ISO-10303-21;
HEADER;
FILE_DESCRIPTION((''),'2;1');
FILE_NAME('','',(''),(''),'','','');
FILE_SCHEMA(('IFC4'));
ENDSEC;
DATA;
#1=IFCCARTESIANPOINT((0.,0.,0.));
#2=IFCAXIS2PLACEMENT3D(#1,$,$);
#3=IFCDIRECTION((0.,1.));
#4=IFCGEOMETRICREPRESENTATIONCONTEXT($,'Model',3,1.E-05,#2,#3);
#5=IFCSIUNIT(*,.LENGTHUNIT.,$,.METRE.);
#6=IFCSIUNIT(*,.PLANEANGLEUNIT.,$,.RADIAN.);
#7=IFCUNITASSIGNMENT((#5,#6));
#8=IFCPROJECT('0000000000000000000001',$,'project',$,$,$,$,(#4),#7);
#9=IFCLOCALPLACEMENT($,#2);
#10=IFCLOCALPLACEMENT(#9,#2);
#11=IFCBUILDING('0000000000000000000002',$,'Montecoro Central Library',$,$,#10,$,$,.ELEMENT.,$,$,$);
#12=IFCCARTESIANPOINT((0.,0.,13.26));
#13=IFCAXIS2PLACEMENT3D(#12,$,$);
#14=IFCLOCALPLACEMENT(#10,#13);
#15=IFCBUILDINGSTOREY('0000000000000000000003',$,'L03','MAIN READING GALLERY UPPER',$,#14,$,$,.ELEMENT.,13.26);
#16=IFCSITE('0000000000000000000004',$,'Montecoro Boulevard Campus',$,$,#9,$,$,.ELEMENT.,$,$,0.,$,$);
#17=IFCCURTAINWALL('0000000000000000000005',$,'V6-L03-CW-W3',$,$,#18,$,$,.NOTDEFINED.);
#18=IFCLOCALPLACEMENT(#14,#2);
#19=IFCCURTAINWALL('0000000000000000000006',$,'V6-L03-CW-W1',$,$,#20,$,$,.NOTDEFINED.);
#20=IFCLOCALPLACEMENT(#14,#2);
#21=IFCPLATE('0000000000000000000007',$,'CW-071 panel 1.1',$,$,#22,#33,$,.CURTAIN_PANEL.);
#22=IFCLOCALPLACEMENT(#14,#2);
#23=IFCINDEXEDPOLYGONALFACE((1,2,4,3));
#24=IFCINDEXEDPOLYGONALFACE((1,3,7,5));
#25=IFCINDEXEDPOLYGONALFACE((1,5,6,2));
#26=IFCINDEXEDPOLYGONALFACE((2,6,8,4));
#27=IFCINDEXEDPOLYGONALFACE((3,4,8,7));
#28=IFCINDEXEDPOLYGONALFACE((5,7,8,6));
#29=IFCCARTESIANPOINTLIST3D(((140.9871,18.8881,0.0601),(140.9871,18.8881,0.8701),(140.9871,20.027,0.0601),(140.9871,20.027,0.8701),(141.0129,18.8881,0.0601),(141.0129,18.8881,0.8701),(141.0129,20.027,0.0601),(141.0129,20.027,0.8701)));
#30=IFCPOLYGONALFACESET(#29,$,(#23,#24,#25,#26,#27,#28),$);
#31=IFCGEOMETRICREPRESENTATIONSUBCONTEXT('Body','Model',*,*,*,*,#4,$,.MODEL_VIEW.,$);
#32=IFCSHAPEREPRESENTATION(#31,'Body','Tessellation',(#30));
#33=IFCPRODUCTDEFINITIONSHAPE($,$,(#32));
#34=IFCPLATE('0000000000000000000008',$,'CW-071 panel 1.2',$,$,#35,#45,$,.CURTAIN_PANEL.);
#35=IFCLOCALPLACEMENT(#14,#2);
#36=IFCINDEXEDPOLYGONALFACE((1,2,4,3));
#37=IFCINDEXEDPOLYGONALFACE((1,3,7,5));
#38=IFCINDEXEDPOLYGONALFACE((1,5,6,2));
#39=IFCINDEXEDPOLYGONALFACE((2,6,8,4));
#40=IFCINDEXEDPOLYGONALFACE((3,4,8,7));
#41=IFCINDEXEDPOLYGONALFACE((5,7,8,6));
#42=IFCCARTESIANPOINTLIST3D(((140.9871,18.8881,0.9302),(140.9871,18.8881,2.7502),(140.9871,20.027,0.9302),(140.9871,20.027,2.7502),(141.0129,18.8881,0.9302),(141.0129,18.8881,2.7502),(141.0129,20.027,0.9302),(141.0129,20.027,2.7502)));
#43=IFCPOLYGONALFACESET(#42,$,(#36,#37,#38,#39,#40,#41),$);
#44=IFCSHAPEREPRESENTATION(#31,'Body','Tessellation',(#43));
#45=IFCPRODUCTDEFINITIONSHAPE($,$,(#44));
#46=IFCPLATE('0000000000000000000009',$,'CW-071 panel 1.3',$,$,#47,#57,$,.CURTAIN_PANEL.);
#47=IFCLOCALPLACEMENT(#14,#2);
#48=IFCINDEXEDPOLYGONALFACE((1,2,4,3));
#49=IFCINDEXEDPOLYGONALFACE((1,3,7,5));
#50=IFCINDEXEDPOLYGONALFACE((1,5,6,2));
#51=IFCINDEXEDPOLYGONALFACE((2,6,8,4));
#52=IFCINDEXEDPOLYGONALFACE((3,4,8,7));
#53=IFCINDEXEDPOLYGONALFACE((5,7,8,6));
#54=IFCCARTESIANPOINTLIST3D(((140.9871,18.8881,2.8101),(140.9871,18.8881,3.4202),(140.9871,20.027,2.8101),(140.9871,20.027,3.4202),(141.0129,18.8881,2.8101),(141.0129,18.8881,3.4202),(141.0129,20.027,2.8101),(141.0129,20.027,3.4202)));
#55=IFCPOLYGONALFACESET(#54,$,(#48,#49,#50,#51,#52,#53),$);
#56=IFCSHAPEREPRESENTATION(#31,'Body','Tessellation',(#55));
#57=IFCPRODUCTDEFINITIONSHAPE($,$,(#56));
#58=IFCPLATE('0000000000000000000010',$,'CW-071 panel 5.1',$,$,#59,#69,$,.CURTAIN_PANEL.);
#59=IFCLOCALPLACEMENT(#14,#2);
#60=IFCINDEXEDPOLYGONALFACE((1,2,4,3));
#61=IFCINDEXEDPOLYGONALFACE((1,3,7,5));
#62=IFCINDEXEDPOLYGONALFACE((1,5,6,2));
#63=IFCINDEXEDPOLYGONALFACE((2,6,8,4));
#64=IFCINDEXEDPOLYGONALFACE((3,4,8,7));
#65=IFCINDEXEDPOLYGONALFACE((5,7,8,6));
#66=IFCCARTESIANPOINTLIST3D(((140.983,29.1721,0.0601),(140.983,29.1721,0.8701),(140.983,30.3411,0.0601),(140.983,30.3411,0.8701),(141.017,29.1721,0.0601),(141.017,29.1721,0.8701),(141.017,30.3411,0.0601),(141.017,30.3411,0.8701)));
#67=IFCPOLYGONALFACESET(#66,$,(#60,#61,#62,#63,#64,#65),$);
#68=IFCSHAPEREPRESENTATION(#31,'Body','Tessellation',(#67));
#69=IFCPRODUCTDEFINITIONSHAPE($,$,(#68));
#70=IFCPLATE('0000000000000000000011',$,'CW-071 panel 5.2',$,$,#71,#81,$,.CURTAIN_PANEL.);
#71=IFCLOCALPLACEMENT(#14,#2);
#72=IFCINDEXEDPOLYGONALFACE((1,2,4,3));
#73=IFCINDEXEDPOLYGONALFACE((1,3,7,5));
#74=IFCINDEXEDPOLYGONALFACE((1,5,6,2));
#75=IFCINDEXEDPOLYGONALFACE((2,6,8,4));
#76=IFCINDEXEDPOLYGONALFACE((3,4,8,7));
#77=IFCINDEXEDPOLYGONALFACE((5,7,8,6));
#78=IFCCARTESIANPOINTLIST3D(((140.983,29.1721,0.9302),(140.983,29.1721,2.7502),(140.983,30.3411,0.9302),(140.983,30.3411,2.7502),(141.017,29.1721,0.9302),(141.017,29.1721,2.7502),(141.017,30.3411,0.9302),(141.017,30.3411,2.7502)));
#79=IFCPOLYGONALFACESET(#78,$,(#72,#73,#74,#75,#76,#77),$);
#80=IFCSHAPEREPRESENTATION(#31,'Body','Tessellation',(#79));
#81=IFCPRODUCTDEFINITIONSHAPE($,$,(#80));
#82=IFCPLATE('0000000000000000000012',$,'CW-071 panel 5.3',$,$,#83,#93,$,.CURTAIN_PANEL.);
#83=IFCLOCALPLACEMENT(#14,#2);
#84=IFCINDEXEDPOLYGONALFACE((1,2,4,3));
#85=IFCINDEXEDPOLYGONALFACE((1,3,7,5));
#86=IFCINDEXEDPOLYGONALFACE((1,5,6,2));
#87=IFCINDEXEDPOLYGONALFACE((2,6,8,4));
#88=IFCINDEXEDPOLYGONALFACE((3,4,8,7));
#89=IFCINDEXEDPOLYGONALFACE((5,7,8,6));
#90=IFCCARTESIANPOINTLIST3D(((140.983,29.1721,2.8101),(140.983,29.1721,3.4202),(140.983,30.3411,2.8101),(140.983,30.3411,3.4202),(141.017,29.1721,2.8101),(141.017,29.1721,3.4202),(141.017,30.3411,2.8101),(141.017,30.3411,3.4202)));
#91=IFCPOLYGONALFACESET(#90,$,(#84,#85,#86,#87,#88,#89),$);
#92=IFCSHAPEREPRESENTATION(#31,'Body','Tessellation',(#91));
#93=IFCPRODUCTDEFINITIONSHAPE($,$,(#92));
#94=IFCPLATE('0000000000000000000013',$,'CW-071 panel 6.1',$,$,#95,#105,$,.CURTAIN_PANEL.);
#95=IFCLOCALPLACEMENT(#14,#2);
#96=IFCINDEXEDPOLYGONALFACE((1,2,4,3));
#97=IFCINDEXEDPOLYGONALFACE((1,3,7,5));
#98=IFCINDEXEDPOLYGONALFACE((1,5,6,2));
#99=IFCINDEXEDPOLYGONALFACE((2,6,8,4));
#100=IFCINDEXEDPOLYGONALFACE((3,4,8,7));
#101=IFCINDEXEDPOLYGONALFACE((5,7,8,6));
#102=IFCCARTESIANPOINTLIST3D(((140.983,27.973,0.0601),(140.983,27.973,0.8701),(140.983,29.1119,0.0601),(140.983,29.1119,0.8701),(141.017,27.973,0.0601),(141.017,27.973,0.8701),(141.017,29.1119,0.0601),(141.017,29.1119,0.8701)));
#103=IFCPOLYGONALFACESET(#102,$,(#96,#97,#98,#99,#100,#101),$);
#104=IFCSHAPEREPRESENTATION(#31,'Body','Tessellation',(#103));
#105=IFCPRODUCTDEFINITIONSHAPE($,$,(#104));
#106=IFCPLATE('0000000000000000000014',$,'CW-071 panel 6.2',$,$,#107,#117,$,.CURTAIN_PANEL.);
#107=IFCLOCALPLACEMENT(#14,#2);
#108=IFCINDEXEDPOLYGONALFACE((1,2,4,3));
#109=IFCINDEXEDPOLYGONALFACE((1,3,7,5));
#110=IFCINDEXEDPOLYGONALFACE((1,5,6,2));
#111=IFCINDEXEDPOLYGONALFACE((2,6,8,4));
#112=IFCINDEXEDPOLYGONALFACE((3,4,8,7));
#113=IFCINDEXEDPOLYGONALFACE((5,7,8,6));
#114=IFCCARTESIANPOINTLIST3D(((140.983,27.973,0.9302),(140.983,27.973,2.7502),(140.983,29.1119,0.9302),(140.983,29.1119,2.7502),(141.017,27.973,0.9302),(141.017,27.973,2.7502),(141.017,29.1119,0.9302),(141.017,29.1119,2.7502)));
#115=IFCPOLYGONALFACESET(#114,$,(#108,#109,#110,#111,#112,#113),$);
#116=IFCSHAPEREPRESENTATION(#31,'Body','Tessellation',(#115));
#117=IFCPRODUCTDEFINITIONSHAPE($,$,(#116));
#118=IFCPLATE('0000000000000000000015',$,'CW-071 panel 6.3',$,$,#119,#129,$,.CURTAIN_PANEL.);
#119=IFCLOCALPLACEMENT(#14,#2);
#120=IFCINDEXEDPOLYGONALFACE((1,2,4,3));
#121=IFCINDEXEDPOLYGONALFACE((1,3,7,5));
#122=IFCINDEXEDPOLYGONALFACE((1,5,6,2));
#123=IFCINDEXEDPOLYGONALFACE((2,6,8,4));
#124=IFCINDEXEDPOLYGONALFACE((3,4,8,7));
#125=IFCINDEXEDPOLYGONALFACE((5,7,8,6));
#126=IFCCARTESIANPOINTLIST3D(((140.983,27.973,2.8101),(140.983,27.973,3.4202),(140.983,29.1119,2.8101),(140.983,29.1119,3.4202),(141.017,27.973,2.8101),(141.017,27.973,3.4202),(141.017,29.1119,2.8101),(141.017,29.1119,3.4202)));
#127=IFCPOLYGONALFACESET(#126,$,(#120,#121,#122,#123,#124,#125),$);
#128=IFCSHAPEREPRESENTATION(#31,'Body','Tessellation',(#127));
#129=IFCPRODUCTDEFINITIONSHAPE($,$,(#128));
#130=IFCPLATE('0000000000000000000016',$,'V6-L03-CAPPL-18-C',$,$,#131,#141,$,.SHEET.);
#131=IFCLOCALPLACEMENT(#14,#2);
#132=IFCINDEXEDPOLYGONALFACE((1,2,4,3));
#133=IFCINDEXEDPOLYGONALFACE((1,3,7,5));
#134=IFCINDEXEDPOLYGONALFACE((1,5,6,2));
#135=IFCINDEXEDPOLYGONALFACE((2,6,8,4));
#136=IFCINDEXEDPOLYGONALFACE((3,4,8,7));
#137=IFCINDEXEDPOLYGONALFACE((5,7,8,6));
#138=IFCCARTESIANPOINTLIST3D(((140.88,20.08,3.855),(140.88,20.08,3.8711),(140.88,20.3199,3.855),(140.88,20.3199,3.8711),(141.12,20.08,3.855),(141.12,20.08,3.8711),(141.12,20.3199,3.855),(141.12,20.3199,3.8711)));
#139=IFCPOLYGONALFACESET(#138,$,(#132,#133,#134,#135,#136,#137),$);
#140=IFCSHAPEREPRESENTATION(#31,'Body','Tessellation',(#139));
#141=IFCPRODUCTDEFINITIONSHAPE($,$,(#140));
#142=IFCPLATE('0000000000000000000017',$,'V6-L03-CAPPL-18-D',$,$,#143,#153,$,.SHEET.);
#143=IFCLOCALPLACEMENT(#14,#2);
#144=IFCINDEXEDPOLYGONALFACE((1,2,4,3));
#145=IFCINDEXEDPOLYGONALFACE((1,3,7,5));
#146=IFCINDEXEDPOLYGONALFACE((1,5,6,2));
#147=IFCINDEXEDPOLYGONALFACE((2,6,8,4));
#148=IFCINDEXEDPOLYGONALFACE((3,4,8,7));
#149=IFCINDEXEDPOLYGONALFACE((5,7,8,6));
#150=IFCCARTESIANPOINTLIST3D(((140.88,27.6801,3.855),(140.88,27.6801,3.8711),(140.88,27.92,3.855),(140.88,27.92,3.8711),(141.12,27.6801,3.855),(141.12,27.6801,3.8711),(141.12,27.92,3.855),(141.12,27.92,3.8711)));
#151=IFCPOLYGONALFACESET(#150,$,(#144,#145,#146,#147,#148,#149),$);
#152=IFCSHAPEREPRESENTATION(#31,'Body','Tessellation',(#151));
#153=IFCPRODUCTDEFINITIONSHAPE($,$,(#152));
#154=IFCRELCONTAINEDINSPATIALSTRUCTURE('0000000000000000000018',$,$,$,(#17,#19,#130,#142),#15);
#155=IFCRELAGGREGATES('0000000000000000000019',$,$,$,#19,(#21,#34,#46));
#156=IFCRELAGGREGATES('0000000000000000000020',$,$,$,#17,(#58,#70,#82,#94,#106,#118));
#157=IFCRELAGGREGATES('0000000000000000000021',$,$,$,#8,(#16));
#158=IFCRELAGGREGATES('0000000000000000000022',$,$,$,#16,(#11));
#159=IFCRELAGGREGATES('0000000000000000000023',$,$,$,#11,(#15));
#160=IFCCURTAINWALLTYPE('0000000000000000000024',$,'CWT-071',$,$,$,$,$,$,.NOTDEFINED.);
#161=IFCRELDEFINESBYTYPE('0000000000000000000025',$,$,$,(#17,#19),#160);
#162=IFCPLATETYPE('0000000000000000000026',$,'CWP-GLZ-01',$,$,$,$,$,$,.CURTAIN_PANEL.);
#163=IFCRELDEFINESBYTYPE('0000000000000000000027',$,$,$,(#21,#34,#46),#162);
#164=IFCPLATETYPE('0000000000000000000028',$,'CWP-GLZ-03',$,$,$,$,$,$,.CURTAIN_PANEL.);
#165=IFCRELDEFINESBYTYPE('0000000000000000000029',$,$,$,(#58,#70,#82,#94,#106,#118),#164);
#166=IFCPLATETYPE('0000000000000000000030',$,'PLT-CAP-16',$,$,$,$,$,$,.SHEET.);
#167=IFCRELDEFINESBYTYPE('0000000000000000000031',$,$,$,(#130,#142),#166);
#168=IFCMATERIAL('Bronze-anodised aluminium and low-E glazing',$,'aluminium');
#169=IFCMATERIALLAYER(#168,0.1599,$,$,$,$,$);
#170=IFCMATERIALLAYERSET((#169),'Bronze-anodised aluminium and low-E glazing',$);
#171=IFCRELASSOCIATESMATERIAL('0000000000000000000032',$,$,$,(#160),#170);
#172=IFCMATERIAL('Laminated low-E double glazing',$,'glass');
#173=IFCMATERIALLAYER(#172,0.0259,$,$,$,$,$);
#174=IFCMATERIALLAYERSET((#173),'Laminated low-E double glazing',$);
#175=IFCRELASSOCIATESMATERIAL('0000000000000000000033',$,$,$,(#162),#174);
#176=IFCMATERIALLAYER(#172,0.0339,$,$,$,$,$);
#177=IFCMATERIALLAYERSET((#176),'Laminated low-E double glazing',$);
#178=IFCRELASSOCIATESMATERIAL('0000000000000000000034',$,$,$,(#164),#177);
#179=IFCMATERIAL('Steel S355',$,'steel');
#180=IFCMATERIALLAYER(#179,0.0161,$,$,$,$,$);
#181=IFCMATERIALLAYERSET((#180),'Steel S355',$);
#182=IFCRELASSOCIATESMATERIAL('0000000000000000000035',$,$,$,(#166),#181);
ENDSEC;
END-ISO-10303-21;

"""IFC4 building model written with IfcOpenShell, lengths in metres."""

from ifc_helpers import new_model, si_unit, direction, frame, origin, origin_2d, place, context, subcontext, project, spatial, rectangle, extrude, material, layer, layer_set, type_object, element, aggregate, save


model = new_model("IFC4")

# Units and contexts
model_context = context("Model", 3, precision=1e-05, world=origin(), true_north=direction((0.0, 1.0)))
body_context = subcontext(model_context, "Body", "Model", "MODEL_VIEW")
ifc_project = project(units=[si_unit("LENGTHUNIT", "METRE"), si_unit("PLANEANGLEUNIT", "RADIAN")], contexts=[model_context])

# Site, building, storey
site_placement = place(None, origin())
site = spatial("IfcSite", under=ifc_project, at=site_placement, Name="Montecoro Boulevard Campus", CompositionType="ELEMENT", RefElevation=0.0)
building_placement = place(site_placement, origin())
building = spatial("IfcBuilding", under=site, at=building_placement, Name="Montecoro Central Library", CompositionType="ELEMENT")
storey_placement = place(building_placement, frame((0.0, 0.0, 13.26)))
storey = spatial("IfcBuildingStorey", under=building, at=storey_placement, Name="L03", Description="MAIN READING GALLERY UPPER", CompositionType="ELEMENT", Elevation=13.26)

# Shared definitions
ifc_material_1 = material(Name="Steel S355", Category="steel")

# Curtain walls
ifc_material_2 = material(Name="Bronze-anodised aluminium and low-E glazing", Category="aluminium")
ifc_layer_1 = layer(ifc_material_2, 0.1599)
ifc_layer_set_1 = layer_set([ifc_layer_1], Name="Bronze-anodised aluminium and low-E glazing")
curtain_wall_type = type_object("IfcCurtainWallType", Name="CWT-071", PredefinedType="NOTDEFINED", material=ifc_layer_set_1)
curtain_wall_1_placement = place(storey_placement, origin())
curtain_wall_1 = element("IfcCurtainWall", 1, at=curtain_wall_1_placement, inside=storey, type_object=curtain_wall_type, Name="V6-L03-CW-W3", PredefinedType="NOTDEFINED")
curtain_wall_2_placement = place(storey_placement, origin())
curtain_wall_2 = element("IfcCurtainWall", 2, at=curtain_wall_2_placement, inside=storey, type_object=curtain_wall_type, Name="V6-L03-CW-W1", PredefinedType="NOTDEFINED")

# Plates
ifc_material_3 = material(Name="Laminated low-E double glazing", Category="glass")
ifc_layer_2 = layer(ifc_material_3, 0.0259)
ifc_layer_set_2 = layer_set([ifc_layer_2], Name="Laminated low-E double glazing")
plate_type_1 = type_object("IfcPlateType", Name="CWP-GLZ-01", PredefinedType="CURTAIN_PANEL", material=ifc_layer_set_2)
plate_1_placement = place(storey_placement, frame((141.0, 19.4575, 0.0601), z_axis=(0.0, 0.0, 1.0), x_axis=(0.0, -1.0, 0.0)))
plate_1 = element("IfcPlate", 3, at=plate_1_placement, type_object=plate_type_1, Name="CW-071 panel 1.1", PredefinedType="CURTAIN_PANEL", context=body_context, shape_type="SweptSolid", body=[
    extrude(rectangle(XDim=1.1389, YDim=0.0259, at=origin_2d()), origin(), (0.0, 0.0, 1.0), 0.8101),
])
plate_2_placement = place(storey_placement, frame((141.0, 19.4575, 0.9302), z_axis=(0.0, 0.0, 1.0), x_axis=(0.0, -1.0, 0.0)))
plate_2 = element("IfcPlate", 4, at=plate_2_placement, type_object=plate_type_1, Name="CW-071 panel 1.2", PredefinedType="CURTAIN_PANEL", context=body_context, shape_type="SweptSolid", body=[
    extrude(rectangle(XDim=1.1389, YDim=0.0259, at=origin_2d()), origin(), (0.0, 0.0, 1.0), 1.8201),
])
plate_3_placement = place(storey_placement, frame((141.0, 19.4575, 2.8101), z_axis=(0.0, 0.0, 1.0), x_axis=(0.0, -1.0, 0.0)))
plate_3 = element("IfcPlate", 5, at=plate_3_placement, type_object=plate_type_1, Name="CW-071 panel 1.3", PredefinedType="CURTAIN_PANEL", context=body_context, shape_type="SweptSolid", body=[
    extrude(rectangle(XDim=1.1389, YDim=0.0259, at=origin_2d()), origin(), (0.0, 0.0, 1.0), 0.6101),
])
aggregate(curtain_wall_2, [plate_1, plate_2, plate_3])
ifc_layer_3 = layer(ifc_material_3, 0.0339)
ifc_layer_set_3 = layer_set([ifc_layer_3], Name="Laminated low-E double glazing")
plate_type_2 = type_object("IfcPlateType", Name="CWP-GLZ-03", PredefinedType="CURTAIN_PANEL", material=ifc_layer_set_3)
plate_4_placement = place(storey_placement, frame((141.0, 29.7566, 0.0601), z_axis=(0.0, 0.0, 1.0), x_axis=(0.0, -1.0, 0.0)))
plate_4 = element("IfcPlate", 6, at=plate_4_placement, type_object=plate_type_2, Name="CW-071 panel 5.1", PredefinedType="CURTAIN_PANEL", context=body_context, shape_type="SweptSolid", body=[
    extrude(rectangle(XDim=1.1689, YDim=0.0339, at=origin_2d()), origin(), (0.0, 0.0, 1.0), 0.8101),
])
plate_5_placement = place(storey_placement, frame((141.0, 29.7566, 0.9302), z_axis=(0.0, 0.0, 1.0), x_axis=(0.0, -1.0, 0.0)))
plate_5 = element("IfcPlate", 7, at=plate_5_placement, type_object=plate_type_2, Name="CW-071 panel 5.2", PredefinedType="CURTAIN_PANEL", context=body_context, shape_type="SweptSolid", body=[
    extrude(rectangle(XDim=1.1689, YDim=0.0339, at=origin_2d()), origin(), (0.0, 0.0, 1.0), 1.8201),
])
plate_6_placement = place(storey_placement, frame((141.0, 29.7566, 2.8101), z_axis=(0.0, 0.0, 1.0), x_axis=(0.0, -1.0, 0.0)))
plate_6 = element("IfcPlate", 8, at=plate_6_placement, type_object=plate_type_2, Name="CW-071 panel 5.3", PredefinedType="CURTAIN_PANEL", context=body_context, shape_type="SweptSolid", body=[
    extrude(rectangle(XDim=1.1689, YDim=0.0339, at=origin_2d()), origin(), (0.0, 0.0, 1.0), 0.6101),
])
plate_7_placement = place(storey_placement, frame((141.0, 28.5425, 0.0601), z_axis=(0.0, 0.0, 1.0), x_axis=(0.0, -1.0, 0.0)))
plate_7 = element("IfcPlate", 9, at=plate_7_placement, type_object=plate_type_2, Name="CW-071 panel 6.1", PredefinedType="CURTAIN_PANEL", context=body_context, shape_type="SweptSolid", body=[
    extrude(rectangle(XDim=1.1389, YDim=0.0339, at=origin_2d()), origin(), (0.0, 0.0, 1.0), 0.8101),
])
plate_8_placement = place(storey_placement, frame((141.0, 28.5425, 0.9302), z_axis=(0.0, 0.0, 1.0), x_axis=(0.0, -1.0, 0.0)))
plate_8 = element("IfcPlate", 10, at=plate_8_placement, type_object=plate_type_2, Name="CW-071 panel 6.2", PredefinedType="CURTAIN_PANEL", context=body_context, shape_type="SweptSolid", body=[
    extrude(rectangle(XDim=1.1389, YDim=0.0339, at=origin_2d()), origin(), (0.0, 0.0, 1.0), 1.8201),
])
plate_9_placement = place(storey_placement, frame((141.0, 28.5425, 2.8101), z_axis=(0.0, 0.0, 1.0), x_axis=(0.0, -1.0, 0.0)))
plate_9 = element("IfcPlate", 11, at=plate_9_placement, type_object=plate_type_2, Name="CW-071 panel 6.3", PredefinedType="CURTAIN_PANEL", context=body_context, shape_type="SweptSolid", body=[
    extrude(rectangle(XDim=1.1389, YDim=0.0339, at=origin_2d()), origin(), (0.0, 0.0, 1.0), 0.6101),
])
aggregate(curtain_wall_1, [plate_4, plate_5, plate_6, plate_7, plate_8, plate_9])

# Plates
ifc_layer_4 = layer(ifc_material_1, 0.0161)
ifc_layer_set_4 = layer_set([ifc_layer_4], Name="Steel S355")
plate_type_3 = type_object("IfcPlateType", Name="PLT-CAP-16", PredefinedType="SHEET", material=ifc_layer_set_4)
for number, where, z_axis, x_axis, name in (
    (12, (141.0, 20.2, 3.855), (0.0, 0.0, 1.0), (1.0, 0.0, 0.0), "V6-L03-CAPPL-18-C"),
    (13, (141.0, 27.8, 3.855), (0.0, 0.0, 1.0), (1.0, 0.0, 0.0), "V6-L03-CAPPL-18-D"),
):
    element("IfcPlate", number, at=place(storey_placement, frame(where, z_axis=z_axis, x_axis=x_axis)), inside=storey, type_object=plate_type_3, Name=name, PredefinedType="SHEET", context=body_context, shape_type="SweptSolid", body=[
        extrude(rectangle(XDim=0.24, YDim=0.24, at=origin_2d()), origin(), (0.0, 0.0, 1.0), 0.0161),
    ])

save(model, "model.ifc")
